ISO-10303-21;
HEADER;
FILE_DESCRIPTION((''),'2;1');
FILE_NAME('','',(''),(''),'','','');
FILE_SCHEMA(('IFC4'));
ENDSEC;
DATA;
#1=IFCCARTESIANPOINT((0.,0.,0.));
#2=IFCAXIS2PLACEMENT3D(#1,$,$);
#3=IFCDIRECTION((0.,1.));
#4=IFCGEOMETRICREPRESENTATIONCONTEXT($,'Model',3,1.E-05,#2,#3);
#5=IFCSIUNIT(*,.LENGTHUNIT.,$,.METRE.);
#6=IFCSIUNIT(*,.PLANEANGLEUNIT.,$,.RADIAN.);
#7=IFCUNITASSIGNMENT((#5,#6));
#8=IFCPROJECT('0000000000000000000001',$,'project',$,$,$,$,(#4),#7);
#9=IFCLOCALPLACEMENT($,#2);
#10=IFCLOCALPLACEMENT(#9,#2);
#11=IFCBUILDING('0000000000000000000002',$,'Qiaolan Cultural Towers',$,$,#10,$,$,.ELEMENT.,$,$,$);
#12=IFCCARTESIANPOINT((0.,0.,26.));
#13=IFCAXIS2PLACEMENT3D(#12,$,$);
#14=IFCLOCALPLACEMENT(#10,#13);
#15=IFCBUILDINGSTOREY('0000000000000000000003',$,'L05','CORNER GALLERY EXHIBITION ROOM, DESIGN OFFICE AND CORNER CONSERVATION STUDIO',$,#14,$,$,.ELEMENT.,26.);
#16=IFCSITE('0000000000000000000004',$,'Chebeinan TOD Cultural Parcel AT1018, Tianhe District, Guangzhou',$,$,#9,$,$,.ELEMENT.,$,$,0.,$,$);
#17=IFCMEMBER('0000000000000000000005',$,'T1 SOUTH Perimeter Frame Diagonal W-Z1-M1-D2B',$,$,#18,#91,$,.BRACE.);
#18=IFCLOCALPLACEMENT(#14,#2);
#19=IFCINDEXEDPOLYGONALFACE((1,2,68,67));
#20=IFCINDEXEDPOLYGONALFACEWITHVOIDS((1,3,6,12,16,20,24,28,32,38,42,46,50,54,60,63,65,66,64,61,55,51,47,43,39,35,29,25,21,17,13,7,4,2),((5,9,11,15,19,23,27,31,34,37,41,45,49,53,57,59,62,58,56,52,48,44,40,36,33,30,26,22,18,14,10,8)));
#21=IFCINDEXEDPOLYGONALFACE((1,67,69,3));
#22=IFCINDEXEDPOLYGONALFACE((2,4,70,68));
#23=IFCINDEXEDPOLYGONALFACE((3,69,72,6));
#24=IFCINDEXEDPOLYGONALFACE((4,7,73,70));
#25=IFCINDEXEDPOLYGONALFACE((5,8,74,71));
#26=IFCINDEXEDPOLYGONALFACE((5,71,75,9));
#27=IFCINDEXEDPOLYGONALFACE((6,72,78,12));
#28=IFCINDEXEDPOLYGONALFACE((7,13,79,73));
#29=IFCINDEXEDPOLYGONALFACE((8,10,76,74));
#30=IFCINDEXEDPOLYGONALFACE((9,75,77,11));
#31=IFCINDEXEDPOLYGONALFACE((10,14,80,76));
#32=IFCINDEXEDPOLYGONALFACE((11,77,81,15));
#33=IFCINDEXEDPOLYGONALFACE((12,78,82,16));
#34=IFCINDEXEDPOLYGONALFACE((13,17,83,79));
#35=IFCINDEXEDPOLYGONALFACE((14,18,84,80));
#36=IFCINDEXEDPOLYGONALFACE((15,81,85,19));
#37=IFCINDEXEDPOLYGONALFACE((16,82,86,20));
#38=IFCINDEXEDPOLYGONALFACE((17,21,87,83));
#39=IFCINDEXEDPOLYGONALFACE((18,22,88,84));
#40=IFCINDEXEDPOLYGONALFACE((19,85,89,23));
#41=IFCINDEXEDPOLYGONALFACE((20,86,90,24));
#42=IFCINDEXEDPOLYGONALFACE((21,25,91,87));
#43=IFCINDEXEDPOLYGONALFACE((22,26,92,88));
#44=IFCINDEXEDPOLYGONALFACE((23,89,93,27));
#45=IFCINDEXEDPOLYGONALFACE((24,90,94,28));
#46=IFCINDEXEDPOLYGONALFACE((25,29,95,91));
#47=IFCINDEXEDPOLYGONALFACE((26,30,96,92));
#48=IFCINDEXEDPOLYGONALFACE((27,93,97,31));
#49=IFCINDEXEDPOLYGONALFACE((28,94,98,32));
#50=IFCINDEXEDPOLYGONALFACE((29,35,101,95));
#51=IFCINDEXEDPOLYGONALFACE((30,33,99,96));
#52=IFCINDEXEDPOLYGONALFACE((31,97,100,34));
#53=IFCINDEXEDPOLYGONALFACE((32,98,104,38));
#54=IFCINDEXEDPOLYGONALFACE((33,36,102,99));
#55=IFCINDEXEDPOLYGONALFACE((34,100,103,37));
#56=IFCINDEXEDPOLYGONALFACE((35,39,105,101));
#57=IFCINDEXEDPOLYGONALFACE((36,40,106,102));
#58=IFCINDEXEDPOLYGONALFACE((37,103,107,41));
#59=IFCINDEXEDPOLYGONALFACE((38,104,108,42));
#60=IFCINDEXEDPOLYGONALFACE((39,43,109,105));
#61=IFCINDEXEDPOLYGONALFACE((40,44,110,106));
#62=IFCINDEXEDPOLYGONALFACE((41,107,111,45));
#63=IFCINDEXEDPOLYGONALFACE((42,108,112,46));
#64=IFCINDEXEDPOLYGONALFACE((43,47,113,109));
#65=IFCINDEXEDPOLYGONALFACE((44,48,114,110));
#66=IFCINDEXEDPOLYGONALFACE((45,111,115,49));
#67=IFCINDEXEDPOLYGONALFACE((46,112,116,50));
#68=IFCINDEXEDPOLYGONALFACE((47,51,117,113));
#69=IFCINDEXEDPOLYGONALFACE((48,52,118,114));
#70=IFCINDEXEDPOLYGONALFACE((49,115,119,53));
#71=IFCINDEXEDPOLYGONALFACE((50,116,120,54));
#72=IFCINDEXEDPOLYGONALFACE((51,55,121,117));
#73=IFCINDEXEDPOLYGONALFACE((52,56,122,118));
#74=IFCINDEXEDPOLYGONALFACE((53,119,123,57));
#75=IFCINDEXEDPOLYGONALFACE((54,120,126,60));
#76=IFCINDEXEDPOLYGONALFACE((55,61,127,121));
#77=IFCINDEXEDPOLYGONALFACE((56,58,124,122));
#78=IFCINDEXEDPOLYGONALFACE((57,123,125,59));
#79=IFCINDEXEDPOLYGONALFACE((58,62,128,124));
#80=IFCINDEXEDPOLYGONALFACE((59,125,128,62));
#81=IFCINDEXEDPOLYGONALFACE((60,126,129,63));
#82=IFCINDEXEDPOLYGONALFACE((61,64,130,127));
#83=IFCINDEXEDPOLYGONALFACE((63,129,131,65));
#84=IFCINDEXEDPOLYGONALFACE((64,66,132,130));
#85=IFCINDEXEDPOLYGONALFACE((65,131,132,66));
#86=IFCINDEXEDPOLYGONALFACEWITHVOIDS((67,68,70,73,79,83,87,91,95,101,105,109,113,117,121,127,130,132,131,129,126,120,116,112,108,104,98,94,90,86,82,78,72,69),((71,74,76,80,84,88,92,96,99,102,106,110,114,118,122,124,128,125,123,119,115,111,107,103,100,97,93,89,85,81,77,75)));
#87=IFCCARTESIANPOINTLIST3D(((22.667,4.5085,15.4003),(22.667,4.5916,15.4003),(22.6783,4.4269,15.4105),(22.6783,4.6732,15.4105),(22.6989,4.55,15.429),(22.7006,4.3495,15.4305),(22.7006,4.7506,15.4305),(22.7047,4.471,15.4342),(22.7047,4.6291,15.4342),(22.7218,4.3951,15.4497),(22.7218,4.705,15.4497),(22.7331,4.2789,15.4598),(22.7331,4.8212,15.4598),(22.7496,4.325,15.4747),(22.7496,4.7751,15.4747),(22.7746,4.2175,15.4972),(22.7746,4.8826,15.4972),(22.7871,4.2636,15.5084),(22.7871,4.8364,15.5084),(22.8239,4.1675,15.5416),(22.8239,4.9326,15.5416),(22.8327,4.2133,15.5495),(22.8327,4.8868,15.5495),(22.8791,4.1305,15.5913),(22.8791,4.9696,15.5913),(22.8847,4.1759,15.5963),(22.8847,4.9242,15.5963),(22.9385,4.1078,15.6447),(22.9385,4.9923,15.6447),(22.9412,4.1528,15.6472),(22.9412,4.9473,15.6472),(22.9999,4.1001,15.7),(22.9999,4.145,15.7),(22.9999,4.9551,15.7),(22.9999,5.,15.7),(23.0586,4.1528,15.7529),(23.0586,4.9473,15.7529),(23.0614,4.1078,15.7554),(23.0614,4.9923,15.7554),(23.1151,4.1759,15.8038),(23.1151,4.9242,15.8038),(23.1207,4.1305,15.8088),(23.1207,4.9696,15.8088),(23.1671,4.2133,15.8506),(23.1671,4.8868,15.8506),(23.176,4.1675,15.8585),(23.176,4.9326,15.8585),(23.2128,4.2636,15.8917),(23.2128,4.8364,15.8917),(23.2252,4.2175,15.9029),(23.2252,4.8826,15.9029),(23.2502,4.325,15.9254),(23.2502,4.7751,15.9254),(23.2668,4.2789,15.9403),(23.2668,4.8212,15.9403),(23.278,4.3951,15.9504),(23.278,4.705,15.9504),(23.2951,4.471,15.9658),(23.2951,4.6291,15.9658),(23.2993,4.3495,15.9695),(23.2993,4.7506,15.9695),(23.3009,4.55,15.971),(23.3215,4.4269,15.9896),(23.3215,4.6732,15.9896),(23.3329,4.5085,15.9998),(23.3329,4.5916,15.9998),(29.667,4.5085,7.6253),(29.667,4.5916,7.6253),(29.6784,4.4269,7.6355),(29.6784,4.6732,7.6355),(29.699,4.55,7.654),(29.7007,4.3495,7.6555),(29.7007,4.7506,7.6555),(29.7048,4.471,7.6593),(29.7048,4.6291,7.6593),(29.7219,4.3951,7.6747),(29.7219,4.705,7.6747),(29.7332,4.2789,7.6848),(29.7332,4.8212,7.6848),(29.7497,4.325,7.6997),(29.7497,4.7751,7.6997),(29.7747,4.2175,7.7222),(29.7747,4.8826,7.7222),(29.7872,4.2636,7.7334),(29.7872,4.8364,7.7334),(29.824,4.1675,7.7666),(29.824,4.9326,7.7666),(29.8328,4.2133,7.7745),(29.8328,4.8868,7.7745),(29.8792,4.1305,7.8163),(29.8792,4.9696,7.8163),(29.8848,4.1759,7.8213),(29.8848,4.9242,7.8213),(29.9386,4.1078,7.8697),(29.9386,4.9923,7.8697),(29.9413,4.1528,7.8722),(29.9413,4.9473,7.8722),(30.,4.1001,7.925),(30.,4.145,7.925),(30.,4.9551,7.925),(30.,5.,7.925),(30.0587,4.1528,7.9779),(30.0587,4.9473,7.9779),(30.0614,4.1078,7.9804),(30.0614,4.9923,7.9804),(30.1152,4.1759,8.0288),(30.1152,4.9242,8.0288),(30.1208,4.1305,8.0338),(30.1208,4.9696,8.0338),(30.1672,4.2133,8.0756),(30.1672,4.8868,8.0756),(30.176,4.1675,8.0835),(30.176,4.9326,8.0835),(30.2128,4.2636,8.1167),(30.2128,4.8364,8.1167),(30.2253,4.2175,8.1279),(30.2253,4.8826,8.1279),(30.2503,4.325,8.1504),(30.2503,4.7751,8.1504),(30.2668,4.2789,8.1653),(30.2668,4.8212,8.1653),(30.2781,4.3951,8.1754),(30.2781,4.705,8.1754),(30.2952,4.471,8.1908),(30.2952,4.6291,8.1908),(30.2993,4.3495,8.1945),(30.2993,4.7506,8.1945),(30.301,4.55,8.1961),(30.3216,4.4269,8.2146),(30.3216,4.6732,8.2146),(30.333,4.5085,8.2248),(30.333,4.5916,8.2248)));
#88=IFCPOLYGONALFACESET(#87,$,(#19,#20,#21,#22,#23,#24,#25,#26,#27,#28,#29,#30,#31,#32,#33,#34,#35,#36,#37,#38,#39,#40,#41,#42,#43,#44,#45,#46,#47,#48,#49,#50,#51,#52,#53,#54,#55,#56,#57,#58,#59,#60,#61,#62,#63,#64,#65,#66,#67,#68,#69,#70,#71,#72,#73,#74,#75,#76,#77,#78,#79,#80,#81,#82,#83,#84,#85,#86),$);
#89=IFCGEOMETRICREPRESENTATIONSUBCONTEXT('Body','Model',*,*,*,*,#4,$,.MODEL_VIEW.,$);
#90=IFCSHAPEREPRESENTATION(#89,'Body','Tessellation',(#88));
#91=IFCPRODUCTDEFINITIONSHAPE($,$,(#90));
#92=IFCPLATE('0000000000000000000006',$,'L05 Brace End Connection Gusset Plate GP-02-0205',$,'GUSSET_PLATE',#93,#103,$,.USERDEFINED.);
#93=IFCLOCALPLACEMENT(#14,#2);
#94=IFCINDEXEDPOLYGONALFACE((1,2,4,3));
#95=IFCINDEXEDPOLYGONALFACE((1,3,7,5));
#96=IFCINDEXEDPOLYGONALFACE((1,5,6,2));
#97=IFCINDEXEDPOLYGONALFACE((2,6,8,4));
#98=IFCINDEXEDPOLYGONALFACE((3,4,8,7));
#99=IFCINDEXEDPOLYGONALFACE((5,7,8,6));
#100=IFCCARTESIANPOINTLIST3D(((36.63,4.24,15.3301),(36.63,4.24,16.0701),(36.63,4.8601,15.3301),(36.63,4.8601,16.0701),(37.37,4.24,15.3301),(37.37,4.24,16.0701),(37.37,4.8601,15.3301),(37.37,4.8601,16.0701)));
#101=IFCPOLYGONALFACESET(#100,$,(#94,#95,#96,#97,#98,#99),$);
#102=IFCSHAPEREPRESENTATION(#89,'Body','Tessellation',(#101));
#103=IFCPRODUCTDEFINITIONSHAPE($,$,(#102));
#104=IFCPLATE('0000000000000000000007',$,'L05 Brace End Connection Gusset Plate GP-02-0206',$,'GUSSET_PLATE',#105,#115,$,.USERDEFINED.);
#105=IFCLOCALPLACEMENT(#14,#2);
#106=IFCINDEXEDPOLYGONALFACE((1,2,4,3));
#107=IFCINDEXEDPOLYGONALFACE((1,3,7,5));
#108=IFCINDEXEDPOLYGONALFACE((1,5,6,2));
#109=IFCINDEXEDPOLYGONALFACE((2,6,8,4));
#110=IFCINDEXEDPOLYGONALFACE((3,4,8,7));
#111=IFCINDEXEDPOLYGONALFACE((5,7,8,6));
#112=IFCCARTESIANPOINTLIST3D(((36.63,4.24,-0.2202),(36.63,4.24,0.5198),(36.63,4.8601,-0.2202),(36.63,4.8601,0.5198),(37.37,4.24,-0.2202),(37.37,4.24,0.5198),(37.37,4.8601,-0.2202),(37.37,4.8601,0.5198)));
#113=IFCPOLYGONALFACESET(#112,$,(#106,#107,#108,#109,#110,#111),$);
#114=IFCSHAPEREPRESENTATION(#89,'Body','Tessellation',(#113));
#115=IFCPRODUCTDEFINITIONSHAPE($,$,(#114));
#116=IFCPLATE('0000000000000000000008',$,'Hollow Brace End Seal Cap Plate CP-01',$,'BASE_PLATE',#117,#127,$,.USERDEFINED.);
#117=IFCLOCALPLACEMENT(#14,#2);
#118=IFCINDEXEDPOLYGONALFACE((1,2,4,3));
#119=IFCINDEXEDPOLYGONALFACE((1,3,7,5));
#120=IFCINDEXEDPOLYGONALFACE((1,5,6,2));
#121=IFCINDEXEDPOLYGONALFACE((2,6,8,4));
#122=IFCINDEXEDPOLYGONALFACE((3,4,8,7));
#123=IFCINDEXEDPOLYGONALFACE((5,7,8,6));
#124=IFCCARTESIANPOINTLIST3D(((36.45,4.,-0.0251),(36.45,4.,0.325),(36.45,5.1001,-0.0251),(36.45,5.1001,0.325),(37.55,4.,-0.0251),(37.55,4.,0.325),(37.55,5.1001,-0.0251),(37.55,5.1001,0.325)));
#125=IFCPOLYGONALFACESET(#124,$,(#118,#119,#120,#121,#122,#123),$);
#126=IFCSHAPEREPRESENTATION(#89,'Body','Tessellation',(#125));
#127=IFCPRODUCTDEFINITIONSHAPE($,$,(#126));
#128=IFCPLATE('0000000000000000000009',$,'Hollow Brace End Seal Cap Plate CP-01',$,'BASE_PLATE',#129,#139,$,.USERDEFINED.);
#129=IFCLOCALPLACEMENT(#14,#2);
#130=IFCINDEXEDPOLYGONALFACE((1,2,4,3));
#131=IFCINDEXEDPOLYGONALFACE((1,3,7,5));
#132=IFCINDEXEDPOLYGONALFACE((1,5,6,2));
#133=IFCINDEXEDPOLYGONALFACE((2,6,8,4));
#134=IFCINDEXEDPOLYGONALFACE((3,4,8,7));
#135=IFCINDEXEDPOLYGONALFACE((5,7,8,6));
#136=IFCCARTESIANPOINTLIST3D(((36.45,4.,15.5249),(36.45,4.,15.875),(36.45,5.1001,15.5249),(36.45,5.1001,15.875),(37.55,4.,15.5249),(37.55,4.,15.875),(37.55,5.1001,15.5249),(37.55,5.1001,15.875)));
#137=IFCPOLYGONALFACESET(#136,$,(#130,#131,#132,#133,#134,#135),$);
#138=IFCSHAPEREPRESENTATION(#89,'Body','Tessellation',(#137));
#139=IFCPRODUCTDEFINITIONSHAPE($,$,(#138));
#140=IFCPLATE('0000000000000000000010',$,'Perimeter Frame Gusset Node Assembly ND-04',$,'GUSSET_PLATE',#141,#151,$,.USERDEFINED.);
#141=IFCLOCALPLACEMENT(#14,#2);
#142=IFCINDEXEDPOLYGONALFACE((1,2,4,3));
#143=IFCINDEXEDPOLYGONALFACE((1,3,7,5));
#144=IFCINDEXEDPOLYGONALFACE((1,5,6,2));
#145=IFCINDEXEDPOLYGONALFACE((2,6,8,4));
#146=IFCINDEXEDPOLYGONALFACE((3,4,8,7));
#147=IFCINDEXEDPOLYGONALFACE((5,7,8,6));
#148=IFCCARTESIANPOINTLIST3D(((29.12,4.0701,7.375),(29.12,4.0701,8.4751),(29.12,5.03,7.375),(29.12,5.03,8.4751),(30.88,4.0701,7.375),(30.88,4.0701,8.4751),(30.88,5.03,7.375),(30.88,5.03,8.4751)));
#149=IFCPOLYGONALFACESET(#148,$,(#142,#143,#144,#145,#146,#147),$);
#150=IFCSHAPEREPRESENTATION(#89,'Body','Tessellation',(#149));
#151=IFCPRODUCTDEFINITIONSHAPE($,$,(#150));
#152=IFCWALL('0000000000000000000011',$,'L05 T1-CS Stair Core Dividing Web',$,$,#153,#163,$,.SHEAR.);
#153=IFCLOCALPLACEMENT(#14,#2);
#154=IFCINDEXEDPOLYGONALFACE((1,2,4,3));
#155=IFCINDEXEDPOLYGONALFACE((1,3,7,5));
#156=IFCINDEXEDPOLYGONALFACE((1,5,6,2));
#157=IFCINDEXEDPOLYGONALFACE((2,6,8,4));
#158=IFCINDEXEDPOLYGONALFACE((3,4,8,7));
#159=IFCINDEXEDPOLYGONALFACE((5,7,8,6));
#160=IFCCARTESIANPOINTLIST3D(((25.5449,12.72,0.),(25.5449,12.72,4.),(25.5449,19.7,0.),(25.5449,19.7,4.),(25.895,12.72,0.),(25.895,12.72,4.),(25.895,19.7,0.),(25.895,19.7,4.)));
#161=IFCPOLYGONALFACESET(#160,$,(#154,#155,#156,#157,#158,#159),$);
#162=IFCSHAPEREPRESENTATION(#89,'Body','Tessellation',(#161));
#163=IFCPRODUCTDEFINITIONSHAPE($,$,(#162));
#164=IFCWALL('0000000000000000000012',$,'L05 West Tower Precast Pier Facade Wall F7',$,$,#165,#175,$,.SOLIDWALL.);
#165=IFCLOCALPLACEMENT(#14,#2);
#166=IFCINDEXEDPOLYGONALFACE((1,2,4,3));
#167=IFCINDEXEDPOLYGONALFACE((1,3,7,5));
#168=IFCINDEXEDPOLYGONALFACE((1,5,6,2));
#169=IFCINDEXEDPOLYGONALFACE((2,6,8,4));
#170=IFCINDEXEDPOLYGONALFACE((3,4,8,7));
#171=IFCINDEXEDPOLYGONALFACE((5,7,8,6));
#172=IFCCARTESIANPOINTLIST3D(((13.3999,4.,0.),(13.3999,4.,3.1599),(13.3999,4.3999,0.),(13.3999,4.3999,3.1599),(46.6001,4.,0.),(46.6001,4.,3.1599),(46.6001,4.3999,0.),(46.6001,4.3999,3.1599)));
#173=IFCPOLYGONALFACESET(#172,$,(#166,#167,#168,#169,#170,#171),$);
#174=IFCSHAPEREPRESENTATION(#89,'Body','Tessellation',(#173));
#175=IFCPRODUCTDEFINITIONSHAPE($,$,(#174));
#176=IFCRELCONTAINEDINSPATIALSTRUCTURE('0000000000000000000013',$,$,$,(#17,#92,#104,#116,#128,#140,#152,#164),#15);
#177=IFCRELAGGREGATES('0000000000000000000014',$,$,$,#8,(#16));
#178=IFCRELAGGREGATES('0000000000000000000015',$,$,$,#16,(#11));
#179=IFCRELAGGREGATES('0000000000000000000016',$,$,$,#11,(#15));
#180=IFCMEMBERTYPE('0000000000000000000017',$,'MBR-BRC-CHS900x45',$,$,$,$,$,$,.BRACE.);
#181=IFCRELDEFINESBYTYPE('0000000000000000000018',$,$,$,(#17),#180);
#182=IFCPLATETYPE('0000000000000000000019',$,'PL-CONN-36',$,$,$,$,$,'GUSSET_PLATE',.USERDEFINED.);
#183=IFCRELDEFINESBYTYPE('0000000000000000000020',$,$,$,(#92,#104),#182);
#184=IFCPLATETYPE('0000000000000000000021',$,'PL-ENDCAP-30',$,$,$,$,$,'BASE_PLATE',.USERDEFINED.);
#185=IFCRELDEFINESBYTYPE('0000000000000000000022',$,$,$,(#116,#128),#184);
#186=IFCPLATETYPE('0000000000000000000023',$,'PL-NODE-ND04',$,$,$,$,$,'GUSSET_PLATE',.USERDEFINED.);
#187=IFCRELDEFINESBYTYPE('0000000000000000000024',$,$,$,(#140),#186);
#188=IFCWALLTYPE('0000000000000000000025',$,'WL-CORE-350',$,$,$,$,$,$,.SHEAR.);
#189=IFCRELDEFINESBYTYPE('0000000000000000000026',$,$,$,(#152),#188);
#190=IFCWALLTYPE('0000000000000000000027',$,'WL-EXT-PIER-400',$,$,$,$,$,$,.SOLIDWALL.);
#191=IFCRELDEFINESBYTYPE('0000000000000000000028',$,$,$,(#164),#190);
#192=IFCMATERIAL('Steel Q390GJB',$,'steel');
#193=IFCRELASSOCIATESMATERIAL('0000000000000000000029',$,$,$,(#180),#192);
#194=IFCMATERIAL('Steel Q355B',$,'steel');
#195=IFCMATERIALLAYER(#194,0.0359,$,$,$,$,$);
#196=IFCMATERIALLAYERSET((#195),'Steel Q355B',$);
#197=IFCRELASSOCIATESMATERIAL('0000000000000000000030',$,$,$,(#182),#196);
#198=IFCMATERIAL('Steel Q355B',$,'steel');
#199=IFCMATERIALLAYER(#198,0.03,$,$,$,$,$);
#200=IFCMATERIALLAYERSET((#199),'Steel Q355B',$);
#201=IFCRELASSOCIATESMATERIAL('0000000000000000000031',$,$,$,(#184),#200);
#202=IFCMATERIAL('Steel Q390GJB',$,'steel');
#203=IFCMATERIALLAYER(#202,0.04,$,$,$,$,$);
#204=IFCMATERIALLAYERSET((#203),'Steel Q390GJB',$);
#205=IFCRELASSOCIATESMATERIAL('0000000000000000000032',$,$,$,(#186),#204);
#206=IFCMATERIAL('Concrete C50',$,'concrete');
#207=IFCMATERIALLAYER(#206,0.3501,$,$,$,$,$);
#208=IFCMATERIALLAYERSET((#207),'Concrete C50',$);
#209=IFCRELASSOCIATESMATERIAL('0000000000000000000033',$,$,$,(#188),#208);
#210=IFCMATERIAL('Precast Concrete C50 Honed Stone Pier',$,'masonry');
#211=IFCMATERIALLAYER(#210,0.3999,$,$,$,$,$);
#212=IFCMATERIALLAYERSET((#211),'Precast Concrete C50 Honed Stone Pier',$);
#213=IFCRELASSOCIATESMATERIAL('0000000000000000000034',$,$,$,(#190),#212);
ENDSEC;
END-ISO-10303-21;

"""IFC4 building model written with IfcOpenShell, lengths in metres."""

from ifc_helpers import new_model, si_unit, direction, frame, frame_2d, origin, origin_2d, place, context, subcontext, project, spatial, rectangle, hollow_circle, extrude, material, layer, layer_set, material_profile, profile_set, type_object, element, save


model = new_model("IFC4")

# Units and contexts
model_context = context("Model", 3, precision=1e-05, world=origin(), true_north=direction((0.0, 1.0)))
body_context = subcontext(model_context, "Body", "Model", "MODEL_VIEW")
ifc_project = project(units=[si_unit("LENGTHUNIT", "METRE"), si_unit("PLANEANGLEUNIT", "RADIAN")], contexts=[model_context])

# Site, building, storey
site_placement = place(None, origin())
site = spatial("IfcSite", under=ifc_project, at=site_placement, Name="Chebeinan TOD Cultural Parcel AT1018, Tianhe District, Guangzhou", CompositionType="ELEMENT", RefElevation=0.0)
building_placement = place(site_placement, origin())
building = spatial("IfcBuilding", under=site, at=building_placement, Name="Qiaolan Cultural Towers", CompositionType="ELEMENT")
storey_placement = place(building_placement, frame((0.0, 0.0, 26.0)))
storey = spatial("IfcBuildingStorey", under=building, at=storey_placement, Name="L05", Description="CORNER GALLERY EXHIBITION ROOM, DESIGN OFFICE AND CORNER CONSERVATION STUDIO", CompositionType="ELEMENT", Elevation=26.0)

# Member
ifc_material_1 = material(Name="Steel Q390GJB", Category="steel")
ifc_material_profile_1 = material_profile(ifc_material_1, hollow_circle(Radius=0.45, WallThickness=0.0449, at=origin_2d()), Name="CHS900x45")
ifc_profile_set_1 = profile_set([ifc_material_profile_1], Name="Steel Q390GJB")
member_type = type_object("IfcMemberType", Name="MBR-BRC-CHS900x45", PredefinedType="BRACE", material=ifc_profile_set_1)
for number, where, z_axis, x_axis, name in (
    (1, (30.0, 4.55, 7.925), (-0.669101, 0.0, 0.743171), (0.0, -1.0, 0.0), "T1 SOUTH Perimeter Frame Diagonal W-Z1-M1-D2B"),
):
    element("IfcMember", number, at=place(storey_placement, frame(where, z_axis=z_axis, x_axis=x_axis)), inside=storey, type_object=member_type, Name=name, PredefinedType="BRACE", context=body_context, shape_type="SweptSolid", body=[
        extrude(hollow_circle(Radius=0.45, WallThickness=0.0449, at=origin_2d()), origin(), (0.0, 0.0, 1.0), 10.4619),
    ])

# Plates
ifc_material_2 = material(Name="Steel Q355B", Category="steel")
ifc_layer_1 = layer(ifc_material_2, 0.0359)
ifc_layer_set_1 = layer_set([ifc_layer_1], Name="Steel Q355B")
plate_type_1 = type_object("IfcPlateType", Name="PL-CONN-36", ElementType="GUSSET_PLATE", PredefinedType="USERDEFINED", material=ifc_layer_set_1)
for number, where, z_axis, x_axis, name in (
    (2, (37.0, 4.55, 15.3301), (0.0, 0.0, 1.0), (1.0, 0.0, 0.0), "L05 Brace End Connection Gusset Plate GP-02-0205"),
    (3, (37.0, 4.55, -0.2202), (0.0, 0.0, 1.0), (1.0, 0.0, 0.0), "L05 Brace End Connection Gusset Plate GP-02-0206"),
):
    element("IfcPlate", number, at=place(storey_placement, frame(where, z_axis=z_axis, x_axis=x_axis)), inside=storey, type_object=plate_type_1, Name=name, ObjectType="GUSSET_PLATE", PredefinedType="USERDEFINED", context=body_context, shape_type="SweptSolid", body=[
        extrude(rectangle(XDim=0.74, YDim=0.6201, at=origin_2d()), origin(), (0.0, 0.0, 1.0), 0.74),
    ])
ifc_material_3 = material(Name="Steel Q355B", Category="steel")
ifc_layer_2 = layer(ifc_material_3, 0.03)
ifc_layer_set_2 = layer_set([ifc_layer_2], Name="Steel Q355B")
plate_type_2 = type_object("IfcPlateType", Name="PL-ENDCAP-30", ElementType="BASE_PLATE", PredefinedType="USERDEFINED", material=ifc_layer_set_2)
for number, where, z_axis, x_axis, name in (
    (4, (37.0, 4.55, -0.0251), (0.0, 0.0, 1.0), (1.0, 0.0, 0.0), "Hollow Brace End Seal Cap Plate CP-01"),
    (5, (37.0, 4.55, 15.5249), (0.0, 0.0, 1.0), (1.0, 0.0, 0.0), "Hollow Brace End Seal Cap Plate CP-01"),
):
    element("IfcPlate", number, at=place(storey_placement, frame(where, z_axis=z_axis, x_axis=x_axis)), inside=storey, type_object=plate_type_2, Name=name, ObjectType="BASE_PLATE", PredefinedType="USERDEFINED", context=body_context, shape_type="SweptSolid", body=[
        extrude(rectangle(XDim=1.1001, YDim=1.1001, at=origin_2d()), origin(), (0.0, 0.0, 1.0), 0.3501),
    ])
ifc_material_4 = material(Name="Steel Q390GJB", Category="steel")
ifc_layer_3 = layer(ifc_material_4, 0.04)
ifc_layer_set_3 = layer_set([ifc_layer_3], Name="Steel Q390GJB")
plate_type_3 = type_object("IfcPlateType", Name="PL-NODE-ND04", ElementType="GUSSET_PLATE", PredefinedType="USERDEFINED", material=ifc_layer_set_3)
plate_placement = place(storey_placement, frame((30.0, 4.55, 7.375), z_axis=(0.0, 0.0, 1.0), x_axis=(1.0, 0.0, 0.0)))
element("IfcPlate", 6, at=plate_placement, inside=storey, type_object=plate_type_3, Name="Perimeter Frame Gusset Node Assembly ND-04", ObjectType="GUSSET_PLATE", PredefinedType="USERDEFINED", context=body_context, shape_type="SweptSolid", body=[
    extrude(rectangle(XDim=1.76, YDim=0.96, at=origin_2d()), origin(), (0.0, 0.0, 1.0), 1.1001),
])

# Walls
ifc_material_5 = material(Name="Concrete C50", Category="concrete")
ifc_layer_4 = layer(ifc_material_5, 0.3501)
ifc_layer_set_4 = layer_set([ifc_layer_4], Name="Concrete C50")
wall_type_1 = type_object("IfcWallType", Name="WL-CORE-350", PredefinedType="SHEAR", material=ifc_layer_set_4)
wall_1_placement = place(storey_placement, frame((25.72, 19.7, 0.0), z_axis=(0.0, 0.0, 1.0), x_axis=(0.0, -1.0, 0.0)))
element("IfcWall", 7, at=wall_1_placement, inside=storey, type_object=wall_type_1, Name="L05 T1-CS Stair Core Dividing Web", PredefinedType="SHEAR", context=body_context, shape_type="SweptSolid", body=[
    extrude(rectangle(XDim=6.98, YDim=0.3501, at=frame_2d((3.49, 0.0))), origin(), (0.0, 0.0, 1.0), 4.0),
])
ifc_material_6 = material(Name="Precast Concrete C50 Honed Stone Pier", Category="masonry")
ifc_layer_5 = layer(ifc_material_6, 0.3999)
ifc_layer_set_5 = layer_set([ifc_layer_5], Name="Precast Concrete C50 Honed Stone Pier")
wall_type_2 = type_object("IfcWallType", Name="WL-EXT-PIER-400", PredefinedType="SOLIDWALL", material=ifc_layer_set_5)
wall_2_placement = place(storey_placement, frame((46.6001, 4.2, 0.0), z_axis=(0.0, 0.0, 1.0), x_axis=(-1.0, 0.0, 0.0)))
element("IfcWall", 8, at=wall_2_placement, inside=storey, type_object=wall_type_2, Name="L05 West Tower Precast Pier Facade Wall F7", PredefinedType="SOLIDWALL", context=body_context, shape_type="SweptSolid", body=[
    extrude(rectangle(XDim=33.2002, YDim=0.3999, at=frame_2d((16.6001, 0.0))), origin(), (0.0, 0.0, 1.0), 3.1599),
])

save(model, "model.ifc")
